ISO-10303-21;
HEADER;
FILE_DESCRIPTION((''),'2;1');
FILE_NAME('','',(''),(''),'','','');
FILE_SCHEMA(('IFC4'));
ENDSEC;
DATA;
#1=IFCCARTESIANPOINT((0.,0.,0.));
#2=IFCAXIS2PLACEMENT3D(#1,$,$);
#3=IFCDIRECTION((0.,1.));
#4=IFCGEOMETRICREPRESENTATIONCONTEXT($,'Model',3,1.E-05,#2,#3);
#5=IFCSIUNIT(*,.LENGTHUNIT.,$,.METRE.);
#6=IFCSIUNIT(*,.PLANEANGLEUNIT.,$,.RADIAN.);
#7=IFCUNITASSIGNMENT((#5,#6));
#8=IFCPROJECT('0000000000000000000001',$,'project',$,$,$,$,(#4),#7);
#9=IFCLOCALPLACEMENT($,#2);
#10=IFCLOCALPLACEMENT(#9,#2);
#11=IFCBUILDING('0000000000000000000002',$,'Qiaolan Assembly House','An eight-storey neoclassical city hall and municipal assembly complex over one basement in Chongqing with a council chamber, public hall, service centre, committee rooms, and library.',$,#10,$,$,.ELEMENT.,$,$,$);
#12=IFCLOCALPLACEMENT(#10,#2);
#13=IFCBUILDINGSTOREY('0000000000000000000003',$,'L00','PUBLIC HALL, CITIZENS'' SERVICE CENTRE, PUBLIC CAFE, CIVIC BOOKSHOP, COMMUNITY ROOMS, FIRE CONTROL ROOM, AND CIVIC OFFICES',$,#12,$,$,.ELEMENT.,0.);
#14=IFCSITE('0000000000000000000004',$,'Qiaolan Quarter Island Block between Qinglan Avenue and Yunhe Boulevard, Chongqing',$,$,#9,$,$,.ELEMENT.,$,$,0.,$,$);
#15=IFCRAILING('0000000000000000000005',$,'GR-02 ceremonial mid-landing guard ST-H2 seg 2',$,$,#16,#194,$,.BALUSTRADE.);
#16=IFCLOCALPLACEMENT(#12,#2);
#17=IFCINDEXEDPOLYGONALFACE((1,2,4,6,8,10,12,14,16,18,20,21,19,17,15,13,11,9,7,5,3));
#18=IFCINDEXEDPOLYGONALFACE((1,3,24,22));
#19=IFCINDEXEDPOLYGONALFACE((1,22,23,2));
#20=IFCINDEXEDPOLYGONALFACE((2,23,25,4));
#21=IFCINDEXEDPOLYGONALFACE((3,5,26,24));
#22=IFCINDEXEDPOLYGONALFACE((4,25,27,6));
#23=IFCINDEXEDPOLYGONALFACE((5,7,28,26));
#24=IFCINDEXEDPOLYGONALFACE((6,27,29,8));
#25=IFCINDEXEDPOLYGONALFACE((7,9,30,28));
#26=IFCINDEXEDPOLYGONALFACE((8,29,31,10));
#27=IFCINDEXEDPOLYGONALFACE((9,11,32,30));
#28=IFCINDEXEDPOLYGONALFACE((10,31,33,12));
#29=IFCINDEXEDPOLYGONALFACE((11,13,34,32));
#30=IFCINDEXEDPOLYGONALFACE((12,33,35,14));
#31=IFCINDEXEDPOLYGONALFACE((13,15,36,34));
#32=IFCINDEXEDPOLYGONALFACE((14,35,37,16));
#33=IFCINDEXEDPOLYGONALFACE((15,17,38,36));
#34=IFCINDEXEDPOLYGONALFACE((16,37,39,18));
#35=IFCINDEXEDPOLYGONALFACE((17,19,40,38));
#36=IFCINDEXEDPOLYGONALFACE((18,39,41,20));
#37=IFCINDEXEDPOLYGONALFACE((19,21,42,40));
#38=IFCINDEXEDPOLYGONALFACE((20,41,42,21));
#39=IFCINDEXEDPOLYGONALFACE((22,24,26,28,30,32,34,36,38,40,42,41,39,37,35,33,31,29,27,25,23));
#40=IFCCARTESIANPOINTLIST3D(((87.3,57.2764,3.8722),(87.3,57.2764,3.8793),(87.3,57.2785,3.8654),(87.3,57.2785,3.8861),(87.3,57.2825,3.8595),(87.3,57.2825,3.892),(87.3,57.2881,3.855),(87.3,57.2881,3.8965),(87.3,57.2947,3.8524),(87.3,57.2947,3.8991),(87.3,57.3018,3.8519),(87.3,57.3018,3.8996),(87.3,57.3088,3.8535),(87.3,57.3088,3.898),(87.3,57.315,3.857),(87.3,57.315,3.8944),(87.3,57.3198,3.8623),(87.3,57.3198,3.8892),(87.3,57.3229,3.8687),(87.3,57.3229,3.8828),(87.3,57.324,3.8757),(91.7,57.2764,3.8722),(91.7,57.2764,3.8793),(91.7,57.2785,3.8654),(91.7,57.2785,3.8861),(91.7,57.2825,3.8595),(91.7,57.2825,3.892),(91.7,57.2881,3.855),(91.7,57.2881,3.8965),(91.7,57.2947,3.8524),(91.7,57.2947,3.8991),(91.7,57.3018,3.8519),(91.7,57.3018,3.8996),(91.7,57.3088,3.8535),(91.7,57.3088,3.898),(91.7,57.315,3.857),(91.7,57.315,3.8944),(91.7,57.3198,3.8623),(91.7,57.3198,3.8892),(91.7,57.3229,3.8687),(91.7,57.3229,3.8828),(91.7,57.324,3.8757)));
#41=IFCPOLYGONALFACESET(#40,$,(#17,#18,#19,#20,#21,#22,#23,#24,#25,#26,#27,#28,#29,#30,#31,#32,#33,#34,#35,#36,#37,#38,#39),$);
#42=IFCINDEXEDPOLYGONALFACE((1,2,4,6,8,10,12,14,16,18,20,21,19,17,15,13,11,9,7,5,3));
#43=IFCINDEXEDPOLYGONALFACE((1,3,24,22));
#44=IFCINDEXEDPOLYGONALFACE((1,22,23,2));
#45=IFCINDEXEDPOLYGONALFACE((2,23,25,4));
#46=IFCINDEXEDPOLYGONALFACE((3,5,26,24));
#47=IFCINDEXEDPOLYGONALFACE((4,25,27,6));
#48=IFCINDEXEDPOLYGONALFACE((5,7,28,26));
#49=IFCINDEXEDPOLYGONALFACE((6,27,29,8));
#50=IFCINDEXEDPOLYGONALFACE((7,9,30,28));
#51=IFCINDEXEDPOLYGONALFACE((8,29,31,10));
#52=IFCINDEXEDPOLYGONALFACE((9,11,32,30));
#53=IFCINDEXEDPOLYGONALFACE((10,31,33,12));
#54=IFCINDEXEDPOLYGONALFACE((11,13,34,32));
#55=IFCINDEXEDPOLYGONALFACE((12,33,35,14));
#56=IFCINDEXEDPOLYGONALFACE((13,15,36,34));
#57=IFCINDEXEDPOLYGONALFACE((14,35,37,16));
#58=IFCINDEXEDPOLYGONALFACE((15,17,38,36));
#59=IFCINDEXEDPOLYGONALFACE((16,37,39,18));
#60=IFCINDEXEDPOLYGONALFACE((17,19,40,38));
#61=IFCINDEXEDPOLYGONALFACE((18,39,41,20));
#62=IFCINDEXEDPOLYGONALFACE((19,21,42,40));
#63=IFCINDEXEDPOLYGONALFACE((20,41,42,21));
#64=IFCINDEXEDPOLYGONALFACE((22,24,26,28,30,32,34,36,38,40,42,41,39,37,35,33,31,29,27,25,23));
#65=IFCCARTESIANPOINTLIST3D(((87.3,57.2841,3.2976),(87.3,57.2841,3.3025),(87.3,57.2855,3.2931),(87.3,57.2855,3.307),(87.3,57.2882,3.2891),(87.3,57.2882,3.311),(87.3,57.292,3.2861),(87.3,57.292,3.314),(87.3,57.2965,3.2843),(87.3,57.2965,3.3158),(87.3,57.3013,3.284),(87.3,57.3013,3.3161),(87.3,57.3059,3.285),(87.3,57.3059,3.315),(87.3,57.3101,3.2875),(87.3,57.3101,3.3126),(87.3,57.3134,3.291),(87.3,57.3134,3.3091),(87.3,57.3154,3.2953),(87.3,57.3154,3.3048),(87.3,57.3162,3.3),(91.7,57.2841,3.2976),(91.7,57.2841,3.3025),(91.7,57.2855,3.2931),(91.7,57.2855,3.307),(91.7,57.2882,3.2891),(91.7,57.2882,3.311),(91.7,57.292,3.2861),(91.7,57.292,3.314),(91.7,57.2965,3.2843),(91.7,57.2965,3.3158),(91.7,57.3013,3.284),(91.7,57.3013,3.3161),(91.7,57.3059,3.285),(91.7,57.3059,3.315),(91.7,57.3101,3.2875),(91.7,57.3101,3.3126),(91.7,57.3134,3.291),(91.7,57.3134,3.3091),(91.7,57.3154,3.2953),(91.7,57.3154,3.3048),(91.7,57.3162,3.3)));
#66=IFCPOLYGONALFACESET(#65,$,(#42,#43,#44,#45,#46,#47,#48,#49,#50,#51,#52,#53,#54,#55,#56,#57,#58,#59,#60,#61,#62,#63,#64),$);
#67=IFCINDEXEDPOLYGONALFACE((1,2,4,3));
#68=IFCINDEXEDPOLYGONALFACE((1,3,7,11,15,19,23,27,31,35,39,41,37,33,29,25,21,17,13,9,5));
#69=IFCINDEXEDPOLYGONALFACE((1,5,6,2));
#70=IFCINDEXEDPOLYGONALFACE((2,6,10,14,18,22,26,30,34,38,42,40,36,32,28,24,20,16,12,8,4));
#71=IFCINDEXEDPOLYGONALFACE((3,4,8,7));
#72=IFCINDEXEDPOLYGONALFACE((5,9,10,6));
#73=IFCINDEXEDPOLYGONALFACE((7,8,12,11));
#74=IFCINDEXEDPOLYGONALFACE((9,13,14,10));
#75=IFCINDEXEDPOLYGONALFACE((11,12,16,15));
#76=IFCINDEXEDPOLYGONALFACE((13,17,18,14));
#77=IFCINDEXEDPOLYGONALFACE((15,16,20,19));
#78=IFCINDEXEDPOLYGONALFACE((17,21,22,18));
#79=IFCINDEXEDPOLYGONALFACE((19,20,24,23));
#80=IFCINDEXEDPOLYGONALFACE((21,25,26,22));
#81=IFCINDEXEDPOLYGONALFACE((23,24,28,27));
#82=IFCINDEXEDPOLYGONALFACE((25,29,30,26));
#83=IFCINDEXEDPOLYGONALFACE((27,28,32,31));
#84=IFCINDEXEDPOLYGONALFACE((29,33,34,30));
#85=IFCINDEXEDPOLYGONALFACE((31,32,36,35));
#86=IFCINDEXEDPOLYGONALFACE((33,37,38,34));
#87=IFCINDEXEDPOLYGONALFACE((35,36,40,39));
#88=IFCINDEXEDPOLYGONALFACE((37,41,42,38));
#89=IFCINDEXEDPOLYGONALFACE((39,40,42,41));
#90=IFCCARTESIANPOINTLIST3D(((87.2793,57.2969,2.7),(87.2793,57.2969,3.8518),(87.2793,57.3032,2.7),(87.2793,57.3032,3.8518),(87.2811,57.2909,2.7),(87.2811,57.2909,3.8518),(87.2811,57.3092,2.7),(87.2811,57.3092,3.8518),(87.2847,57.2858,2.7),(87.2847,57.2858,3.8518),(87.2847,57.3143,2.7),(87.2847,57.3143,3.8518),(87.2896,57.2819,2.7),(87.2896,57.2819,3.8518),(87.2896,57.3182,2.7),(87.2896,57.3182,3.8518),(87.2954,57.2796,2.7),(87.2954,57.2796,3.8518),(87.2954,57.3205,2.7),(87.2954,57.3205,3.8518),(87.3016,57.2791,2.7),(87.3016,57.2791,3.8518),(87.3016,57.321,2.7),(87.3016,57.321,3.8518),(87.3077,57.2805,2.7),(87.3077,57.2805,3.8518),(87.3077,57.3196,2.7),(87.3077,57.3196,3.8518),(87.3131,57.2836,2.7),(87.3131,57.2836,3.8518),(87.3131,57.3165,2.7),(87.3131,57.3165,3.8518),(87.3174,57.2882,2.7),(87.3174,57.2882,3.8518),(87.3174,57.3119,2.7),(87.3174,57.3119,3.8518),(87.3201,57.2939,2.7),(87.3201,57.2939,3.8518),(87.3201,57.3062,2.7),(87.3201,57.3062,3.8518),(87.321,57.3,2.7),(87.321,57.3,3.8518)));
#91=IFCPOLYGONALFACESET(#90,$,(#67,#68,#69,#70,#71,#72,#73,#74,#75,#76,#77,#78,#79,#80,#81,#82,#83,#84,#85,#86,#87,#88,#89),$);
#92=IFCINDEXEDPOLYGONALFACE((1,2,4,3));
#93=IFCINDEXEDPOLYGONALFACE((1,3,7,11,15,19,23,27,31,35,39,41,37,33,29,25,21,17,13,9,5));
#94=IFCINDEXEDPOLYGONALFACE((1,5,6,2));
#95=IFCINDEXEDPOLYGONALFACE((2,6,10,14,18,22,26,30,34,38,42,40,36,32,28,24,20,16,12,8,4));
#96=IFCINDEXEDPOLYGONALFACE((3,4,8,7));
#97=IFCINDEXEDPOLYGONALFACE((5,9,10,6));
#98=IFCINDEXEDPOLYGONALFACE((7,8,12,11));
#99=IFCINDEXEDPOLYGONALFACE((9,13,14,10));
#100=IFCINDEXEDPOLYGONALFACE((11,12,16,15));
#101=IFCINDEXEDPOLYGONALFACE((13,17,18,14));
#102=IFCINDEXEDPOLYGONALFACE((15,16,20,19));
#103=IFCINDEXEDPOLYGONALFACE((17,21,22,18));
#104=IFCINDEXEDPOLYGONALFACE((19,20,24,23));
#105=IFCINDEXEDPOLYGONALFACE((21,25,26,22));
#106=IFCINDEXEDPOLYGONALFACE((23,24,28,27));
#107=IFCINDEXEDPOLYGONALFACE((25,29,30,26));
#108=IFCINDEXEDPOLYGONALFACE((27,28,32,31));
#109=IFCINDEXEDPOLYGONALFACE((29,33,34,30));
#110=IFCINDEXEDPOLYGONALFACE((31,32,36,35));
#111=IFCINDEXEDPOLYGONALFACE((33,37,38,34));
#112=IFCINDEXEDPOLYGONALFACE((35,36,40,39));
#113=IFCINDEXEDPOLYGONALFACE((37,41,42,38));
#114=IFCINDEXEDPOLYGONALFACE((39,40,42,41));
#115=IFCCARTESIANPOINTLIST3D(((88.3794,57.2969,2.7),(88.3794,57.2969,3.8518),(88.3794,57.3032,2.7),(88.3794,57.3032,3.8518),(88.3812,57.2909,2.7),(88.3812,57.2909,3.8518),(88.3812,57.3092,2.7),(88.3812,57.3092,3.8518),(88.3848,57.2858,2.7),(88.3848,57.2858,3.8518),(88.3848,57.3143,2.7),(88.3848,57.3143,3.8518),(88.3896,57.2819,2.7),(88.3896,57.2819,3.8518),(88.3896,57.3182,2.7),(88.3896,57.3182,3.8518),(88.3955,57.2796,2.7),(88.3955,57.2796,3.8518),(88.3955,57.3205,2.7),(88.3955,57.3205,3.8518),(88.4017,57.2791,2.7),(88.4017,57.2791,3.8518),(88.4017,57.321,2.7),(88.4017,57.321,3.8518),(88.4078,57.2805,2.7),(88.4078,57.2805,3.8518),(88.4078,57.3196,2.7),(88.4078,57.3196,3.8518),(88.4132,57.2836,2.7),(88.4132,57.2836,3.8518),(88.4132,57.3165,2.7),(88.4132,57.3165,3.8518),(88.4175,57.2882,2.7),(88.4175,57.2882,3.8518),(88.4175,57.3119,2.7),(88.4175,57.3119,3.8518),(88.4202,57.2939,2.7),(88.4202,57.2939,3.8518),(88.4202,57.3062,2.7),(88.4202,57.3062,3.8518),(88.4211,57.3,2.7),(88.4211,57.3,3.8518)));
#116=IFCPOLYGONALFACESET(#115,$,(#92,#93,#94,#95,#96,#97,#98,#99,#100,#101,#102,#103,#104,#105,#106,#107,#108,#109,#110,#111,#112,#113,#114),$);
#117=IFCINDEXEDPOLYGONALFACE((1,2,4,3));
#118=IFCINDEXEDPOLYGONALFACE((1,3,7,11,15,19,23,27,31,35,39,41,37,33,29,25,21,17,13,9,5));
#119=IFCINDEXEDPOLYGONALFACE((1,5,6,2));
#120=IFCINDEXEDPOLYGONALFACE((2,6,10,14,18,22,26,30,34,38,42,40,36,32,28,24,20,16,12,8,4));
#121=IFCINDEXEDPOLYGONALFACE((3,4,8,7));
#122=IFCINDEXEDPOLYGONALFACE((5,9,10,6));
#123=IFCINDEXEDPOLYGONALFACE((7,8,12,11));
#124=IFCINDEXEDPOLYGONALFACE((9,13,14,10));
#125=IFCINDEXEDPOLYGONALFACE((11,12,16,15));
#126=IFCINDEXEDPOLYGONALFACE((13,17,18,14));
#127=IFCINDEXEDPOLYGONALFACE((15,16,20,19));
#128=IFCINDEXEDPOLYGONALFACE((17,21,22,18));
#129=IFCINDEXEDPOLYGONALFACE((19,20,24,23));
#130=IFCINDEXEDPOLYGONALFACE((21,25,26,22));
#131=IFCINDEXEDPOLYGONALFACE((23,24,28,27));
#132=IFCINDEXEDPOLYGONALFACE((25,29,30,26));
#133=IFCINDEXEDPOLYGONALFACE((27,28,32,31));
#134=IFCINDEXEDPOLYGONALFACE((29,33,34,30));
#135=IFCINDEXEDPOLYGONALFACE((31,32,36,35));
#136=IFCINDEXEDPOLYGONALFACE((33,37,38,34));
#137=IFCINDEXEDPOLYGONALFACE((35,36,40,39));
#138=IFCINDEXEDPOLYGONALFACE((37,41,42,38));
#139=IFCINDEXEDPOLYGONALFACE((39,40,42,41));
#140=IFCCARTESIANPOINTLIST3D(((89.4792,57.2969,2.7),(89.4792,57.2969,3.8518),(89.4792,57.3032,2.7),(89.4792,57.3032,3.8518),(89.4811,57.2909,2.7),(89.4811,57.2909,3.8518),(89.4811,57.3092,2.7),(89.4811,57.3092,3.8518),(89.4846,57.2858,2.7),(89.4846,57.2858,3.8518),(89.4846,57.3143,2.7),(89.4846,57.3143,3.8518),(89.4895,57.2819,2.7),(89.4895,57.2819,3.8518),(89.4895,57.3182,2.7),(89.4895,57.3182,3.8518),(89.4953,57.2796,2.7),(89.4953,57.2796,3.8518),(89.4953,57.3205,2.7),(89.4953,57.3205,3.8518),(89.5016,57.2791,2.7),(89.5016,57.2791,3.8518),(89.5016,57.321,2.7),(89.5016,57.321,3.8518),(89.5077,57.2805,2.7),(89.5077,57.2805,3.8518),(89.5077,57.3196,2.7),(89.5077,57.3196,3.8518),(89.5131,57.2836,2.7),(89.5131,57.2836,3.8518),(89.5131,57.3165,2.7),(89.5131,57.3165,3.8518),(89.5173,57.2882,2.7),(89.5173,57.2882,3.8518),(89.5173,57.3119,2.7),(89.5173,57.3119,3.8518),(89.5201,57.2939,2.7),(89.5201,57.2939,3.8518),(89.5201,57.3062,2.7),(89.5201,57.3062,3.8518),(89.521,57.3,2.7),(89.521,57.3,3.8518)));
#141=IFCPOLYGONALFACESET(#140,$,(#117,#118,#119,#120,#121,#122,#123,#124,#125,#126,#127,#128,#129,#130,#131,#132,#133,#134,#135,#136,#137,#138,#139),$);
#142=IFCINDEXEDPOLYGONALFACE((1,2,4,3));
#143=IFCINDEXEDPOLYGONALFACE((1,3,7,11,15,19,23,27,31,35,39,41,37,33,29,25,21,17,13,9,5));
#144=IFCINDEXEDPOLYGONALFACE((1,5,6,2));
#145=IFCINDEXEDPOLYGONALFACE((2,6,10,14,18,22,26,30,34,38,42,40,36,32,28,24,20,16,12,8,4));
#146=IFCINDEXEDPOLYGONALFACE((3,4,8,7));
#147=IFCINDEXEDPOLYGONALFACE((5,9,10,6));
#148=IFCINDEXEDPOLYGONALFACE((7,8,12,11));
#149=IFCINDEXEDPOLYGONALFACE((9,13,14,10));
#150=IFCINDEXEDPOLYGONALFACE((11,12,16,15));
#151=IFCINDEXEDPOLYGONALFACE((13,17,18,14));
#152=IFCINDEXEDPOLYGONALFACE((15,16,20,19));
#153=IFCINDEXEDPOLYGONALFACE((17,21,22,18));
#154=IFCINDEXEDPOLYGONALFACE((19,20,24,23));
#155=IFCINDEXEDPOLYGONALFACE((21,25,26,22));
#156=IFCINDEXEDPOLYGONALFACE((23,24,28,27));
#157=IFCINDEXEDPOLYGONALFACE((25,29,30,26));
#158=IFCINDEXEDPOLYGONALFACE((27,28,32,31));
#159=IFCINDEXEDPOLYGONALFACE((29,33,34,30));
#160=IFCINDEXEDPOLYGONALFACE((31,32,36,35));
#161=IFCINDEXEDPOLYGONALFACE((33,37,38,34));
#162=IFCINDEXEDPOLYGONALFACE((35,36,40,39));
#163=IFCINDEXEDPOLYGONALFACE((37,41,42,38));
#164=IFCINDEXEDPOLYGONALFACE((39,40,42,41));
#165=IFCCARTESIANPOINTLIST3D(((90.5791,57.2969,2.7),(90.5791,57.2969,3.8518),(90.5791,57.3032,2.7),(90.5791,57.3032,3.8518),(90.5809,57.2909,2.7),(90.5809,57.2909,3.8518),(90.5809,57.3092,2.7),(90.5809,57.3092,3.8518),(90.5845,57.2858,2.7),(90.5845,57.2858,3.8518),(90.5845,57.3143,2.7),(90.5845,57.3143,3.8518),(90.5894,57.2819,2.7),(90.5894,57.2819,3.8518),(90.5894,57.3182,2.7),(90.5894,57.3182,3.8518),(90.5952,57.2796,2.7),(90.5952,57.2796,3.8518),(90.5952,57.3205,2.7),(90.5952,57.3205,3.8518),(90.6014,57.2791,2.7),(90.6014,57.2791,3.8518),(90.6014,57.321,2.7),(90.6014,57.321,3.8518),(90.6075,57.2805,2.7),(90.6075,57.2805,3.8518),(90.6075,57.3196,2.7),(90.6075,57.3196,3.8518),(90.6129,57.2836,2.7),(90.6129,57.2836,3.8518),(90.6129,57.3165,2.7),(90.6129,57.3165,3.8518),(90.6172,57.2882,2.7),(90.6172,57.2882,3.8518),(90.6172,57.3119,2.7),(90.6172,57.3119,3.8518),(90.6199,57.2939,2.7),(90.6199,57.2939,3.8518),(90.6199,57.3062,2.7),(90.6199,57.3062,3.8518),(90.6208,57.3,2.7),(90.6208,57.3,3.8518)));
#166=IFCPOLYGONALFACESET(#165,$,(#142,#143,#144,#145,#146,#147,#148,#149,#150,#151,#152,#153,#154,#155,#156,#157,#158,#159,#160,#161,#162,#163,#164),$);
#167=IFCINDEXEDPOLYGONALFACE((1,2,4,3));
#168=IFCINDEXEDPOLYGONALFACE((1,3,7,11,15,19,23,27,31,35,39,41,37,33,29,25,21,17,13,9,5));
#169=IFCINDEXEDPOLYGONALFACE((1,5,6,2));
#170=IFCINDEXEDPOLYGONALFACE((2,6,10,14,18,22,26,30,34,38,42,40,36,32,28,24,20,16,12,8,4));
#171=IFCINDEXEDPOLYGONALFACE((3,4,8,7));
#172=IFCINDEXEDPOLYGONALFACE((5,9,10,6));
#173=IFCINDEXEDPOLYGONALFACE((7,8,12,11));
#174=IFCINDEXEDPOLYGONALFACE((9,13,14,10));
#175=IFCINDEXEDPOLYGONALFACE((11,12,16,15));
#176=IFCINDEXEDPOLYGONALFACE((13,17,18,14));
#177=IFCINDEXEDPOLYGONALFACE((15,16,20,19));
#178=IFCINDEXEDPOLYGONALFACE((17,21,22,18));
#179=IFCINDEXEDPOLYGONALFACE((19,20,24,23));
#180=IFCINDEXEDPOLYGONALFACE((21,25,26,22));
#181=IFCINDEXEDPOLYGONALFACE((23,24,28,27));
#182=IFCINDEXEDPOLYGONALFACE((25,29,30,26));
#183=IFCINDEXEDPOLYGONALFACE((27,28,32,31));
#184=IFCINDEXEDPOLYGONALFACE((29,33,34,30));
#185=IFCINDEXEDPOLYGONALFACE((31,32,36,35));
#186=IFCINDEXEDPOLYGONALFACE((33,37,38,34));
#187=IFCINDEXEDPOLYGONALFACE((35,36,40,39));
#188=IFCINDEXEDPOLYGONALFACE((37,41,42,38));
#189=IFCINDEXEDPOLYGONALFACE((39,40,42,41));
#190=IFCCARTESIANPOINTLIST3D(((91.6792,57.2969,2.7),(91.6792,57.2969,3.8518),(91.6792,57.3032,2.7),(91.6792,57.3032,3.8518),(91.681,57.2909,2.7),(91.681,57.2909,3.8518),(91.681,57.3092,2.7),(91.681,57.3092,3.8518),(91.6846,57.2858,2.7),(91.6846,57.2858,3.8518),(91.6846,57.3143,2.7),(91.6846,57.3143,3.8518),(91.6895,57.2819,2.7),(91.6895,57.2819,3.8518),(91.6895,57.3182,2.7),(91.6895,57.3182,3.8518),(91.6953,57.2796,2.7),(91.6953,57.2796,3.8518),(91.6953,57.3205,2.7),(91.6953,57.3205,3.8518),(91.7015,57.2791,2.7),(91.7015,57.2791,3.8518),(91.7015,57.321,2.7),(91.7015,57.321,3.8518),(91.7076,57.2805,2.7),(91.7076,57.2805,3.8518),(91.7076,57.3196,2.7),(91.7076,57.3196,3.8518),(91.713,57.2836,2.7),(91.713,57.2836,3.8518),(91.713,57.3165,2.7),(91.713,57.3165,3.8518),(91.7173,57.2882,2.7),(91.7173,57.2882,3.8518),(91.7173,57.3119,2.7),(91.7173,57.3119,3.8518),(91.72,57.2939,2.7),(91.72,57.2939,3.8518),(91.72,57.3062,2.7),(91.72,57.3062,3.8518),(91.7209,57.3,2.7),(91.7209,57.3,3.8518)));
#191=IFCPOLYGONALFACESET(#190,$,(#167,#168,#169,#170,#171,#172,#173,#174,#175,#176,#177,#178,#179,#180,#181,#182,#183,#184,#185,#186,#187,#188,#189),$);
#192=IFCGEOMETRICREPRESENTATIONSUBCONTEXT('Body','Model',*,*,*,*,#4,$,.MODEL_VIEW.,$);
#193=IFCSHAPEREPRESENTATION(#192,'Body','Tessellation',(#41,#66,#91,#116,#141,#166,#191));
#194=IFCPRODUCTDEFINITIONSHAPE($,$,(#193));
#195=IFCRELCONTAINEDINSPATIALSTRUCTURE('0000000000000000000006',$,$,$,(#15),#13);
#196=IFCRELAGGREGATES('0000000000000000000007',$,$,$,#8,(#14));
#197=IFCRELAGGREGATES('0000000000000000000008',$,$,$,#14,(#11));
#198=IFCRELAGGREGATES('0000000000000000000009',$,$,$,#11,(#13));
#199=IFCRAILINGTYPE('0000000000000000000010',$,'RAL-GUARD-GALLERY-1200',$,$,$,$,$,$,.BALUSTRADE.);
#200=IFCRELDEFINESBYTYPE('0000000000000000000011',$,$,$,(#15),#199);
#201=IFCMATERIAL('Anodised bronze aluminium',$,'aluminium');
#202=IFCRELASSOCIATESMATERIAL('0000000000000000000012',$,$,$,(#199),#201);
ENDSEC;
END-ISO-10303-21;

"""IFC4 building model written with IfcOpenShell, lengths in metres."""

from ifc_helpers import new_model, si_unit, direction, frame, origin, origin_2d, place, context, subcontext, project, spatial, circle, extrude, material, type_object, element, save


model = new_model("IFC4")

# Units and contexts
model_context = context("Model", 3, precision=1e-05, world=origin(), true_north=direction((0.0, 1.0)))
body_context = subcontext(model_context, "Body", "Model", "MODEL_VIEW")
ifc_project = project(units=[si_unit("LENGTHUNIT", "METRE"), si_unit("PLANEANGLEUNIT", "RADIAN")], contexts=[model_context])

# Site, building, storey
site_placement = place(None, origin())
site = spatial("IfcSite", under=ifc_project, at=site_placement, Name="Qiaolan Quarter Island Block between Qinglan Avenue and Yunhe Boulevard, Chongqing", CompositionType="ELEMENT", RefElevation=0.0)
building_placement = place(site_placement, origin())
building = spatial("IfcBuilding", under=site, at=building_placement, Name="Qiaolan Assembly House", Description="An eight-storey neoclassical city hall and municipal assembly complex over one basement in Chongqing with a council chamber, public hall, service centre, committee rooms, and library.", CompositionType="ELEMENT")
storey_placement = place(building_placement, origin())
storey = spatial("IfcBuildingStorey", under=building, at=storey_placement, Name="L00", Description="PUBLIC HALL, CITIZENS' SERVICE CENTRE, PUBLIC CAFE, CIVIC BOOKSHOP, COMMUNITY ROOMS, FIRE CONTROL ROOM, AND CIVIC OFFICES", CompositionType="ELEMENT", Elevation=0.0)

# Railing
ifc_material_1 = material(Name="Anodised bronze aluminium", Category="aluminium")
railing_type = type_object("IfcRailingType", Name="RAL-GUARD-GALLERY-1200", PredefinedType="BALUSTRADE", material=ifc_material_1)
railing_1_placement = place(storey_placement, frame((87.3, 57.3, 2.7)))
element("IfcRailing", 1, at=railing_1_placement, inside=storey, type_object=railing_type, Name="GR-02 ceremonial mid-landing guard ST-H2 seg 2", PredefinedType="BALUSTRADE", context=body_context, shape_type="SweptSolid", body=[
    extrude(circle(Radius=0.0239, at=origin_2d()), frame((0.0, 0.0, 1.1758), z_axis=(1.0, 0.0, 0.0), x_axis=(0.0, 1.0, 0.0)), (0.0, 0.0, 1.0), 4.3999),
    extrude(circle(Radius=0.0161, at=origin_2d()), frame((0.0, 0.0, 0.6001), z_axis=(1.0, 0.0, 0.0), x_axis=(0.0, 1.0, 0.0)), (0.0, 0.0, 1.0), 4.3999),
    extrude(circle(Radius=0.021, at=origin_2d()), origin(), (0.0, 0.0, 1.0), 1.1519),
    extrude(circle(Radius=0.021, at=origin_2d()), frame((1.1001, 0.0, 0.0)), (0.0, 0.0, 1.0), 1.1519),
    extrude(circle(Radius=0.021, at=origin_2d()), frame((2.2, 0.0, 0.0)), (0.0, 0.0, 1.0), 1.1519),
    extrude(circle(Radius=0.021, at=origin_2d()), frame((3.2998, 0.0, 0.0)), (0.0, 0.0, 1.0), 1.1519),
    extrude(circle(Radius=0.021, at=origin_2d()), frame((4.3999, 0.0, 0.0)), (0.0, 0.0, 1.0), 1.1519),
])

save(model, "model.ifc")
